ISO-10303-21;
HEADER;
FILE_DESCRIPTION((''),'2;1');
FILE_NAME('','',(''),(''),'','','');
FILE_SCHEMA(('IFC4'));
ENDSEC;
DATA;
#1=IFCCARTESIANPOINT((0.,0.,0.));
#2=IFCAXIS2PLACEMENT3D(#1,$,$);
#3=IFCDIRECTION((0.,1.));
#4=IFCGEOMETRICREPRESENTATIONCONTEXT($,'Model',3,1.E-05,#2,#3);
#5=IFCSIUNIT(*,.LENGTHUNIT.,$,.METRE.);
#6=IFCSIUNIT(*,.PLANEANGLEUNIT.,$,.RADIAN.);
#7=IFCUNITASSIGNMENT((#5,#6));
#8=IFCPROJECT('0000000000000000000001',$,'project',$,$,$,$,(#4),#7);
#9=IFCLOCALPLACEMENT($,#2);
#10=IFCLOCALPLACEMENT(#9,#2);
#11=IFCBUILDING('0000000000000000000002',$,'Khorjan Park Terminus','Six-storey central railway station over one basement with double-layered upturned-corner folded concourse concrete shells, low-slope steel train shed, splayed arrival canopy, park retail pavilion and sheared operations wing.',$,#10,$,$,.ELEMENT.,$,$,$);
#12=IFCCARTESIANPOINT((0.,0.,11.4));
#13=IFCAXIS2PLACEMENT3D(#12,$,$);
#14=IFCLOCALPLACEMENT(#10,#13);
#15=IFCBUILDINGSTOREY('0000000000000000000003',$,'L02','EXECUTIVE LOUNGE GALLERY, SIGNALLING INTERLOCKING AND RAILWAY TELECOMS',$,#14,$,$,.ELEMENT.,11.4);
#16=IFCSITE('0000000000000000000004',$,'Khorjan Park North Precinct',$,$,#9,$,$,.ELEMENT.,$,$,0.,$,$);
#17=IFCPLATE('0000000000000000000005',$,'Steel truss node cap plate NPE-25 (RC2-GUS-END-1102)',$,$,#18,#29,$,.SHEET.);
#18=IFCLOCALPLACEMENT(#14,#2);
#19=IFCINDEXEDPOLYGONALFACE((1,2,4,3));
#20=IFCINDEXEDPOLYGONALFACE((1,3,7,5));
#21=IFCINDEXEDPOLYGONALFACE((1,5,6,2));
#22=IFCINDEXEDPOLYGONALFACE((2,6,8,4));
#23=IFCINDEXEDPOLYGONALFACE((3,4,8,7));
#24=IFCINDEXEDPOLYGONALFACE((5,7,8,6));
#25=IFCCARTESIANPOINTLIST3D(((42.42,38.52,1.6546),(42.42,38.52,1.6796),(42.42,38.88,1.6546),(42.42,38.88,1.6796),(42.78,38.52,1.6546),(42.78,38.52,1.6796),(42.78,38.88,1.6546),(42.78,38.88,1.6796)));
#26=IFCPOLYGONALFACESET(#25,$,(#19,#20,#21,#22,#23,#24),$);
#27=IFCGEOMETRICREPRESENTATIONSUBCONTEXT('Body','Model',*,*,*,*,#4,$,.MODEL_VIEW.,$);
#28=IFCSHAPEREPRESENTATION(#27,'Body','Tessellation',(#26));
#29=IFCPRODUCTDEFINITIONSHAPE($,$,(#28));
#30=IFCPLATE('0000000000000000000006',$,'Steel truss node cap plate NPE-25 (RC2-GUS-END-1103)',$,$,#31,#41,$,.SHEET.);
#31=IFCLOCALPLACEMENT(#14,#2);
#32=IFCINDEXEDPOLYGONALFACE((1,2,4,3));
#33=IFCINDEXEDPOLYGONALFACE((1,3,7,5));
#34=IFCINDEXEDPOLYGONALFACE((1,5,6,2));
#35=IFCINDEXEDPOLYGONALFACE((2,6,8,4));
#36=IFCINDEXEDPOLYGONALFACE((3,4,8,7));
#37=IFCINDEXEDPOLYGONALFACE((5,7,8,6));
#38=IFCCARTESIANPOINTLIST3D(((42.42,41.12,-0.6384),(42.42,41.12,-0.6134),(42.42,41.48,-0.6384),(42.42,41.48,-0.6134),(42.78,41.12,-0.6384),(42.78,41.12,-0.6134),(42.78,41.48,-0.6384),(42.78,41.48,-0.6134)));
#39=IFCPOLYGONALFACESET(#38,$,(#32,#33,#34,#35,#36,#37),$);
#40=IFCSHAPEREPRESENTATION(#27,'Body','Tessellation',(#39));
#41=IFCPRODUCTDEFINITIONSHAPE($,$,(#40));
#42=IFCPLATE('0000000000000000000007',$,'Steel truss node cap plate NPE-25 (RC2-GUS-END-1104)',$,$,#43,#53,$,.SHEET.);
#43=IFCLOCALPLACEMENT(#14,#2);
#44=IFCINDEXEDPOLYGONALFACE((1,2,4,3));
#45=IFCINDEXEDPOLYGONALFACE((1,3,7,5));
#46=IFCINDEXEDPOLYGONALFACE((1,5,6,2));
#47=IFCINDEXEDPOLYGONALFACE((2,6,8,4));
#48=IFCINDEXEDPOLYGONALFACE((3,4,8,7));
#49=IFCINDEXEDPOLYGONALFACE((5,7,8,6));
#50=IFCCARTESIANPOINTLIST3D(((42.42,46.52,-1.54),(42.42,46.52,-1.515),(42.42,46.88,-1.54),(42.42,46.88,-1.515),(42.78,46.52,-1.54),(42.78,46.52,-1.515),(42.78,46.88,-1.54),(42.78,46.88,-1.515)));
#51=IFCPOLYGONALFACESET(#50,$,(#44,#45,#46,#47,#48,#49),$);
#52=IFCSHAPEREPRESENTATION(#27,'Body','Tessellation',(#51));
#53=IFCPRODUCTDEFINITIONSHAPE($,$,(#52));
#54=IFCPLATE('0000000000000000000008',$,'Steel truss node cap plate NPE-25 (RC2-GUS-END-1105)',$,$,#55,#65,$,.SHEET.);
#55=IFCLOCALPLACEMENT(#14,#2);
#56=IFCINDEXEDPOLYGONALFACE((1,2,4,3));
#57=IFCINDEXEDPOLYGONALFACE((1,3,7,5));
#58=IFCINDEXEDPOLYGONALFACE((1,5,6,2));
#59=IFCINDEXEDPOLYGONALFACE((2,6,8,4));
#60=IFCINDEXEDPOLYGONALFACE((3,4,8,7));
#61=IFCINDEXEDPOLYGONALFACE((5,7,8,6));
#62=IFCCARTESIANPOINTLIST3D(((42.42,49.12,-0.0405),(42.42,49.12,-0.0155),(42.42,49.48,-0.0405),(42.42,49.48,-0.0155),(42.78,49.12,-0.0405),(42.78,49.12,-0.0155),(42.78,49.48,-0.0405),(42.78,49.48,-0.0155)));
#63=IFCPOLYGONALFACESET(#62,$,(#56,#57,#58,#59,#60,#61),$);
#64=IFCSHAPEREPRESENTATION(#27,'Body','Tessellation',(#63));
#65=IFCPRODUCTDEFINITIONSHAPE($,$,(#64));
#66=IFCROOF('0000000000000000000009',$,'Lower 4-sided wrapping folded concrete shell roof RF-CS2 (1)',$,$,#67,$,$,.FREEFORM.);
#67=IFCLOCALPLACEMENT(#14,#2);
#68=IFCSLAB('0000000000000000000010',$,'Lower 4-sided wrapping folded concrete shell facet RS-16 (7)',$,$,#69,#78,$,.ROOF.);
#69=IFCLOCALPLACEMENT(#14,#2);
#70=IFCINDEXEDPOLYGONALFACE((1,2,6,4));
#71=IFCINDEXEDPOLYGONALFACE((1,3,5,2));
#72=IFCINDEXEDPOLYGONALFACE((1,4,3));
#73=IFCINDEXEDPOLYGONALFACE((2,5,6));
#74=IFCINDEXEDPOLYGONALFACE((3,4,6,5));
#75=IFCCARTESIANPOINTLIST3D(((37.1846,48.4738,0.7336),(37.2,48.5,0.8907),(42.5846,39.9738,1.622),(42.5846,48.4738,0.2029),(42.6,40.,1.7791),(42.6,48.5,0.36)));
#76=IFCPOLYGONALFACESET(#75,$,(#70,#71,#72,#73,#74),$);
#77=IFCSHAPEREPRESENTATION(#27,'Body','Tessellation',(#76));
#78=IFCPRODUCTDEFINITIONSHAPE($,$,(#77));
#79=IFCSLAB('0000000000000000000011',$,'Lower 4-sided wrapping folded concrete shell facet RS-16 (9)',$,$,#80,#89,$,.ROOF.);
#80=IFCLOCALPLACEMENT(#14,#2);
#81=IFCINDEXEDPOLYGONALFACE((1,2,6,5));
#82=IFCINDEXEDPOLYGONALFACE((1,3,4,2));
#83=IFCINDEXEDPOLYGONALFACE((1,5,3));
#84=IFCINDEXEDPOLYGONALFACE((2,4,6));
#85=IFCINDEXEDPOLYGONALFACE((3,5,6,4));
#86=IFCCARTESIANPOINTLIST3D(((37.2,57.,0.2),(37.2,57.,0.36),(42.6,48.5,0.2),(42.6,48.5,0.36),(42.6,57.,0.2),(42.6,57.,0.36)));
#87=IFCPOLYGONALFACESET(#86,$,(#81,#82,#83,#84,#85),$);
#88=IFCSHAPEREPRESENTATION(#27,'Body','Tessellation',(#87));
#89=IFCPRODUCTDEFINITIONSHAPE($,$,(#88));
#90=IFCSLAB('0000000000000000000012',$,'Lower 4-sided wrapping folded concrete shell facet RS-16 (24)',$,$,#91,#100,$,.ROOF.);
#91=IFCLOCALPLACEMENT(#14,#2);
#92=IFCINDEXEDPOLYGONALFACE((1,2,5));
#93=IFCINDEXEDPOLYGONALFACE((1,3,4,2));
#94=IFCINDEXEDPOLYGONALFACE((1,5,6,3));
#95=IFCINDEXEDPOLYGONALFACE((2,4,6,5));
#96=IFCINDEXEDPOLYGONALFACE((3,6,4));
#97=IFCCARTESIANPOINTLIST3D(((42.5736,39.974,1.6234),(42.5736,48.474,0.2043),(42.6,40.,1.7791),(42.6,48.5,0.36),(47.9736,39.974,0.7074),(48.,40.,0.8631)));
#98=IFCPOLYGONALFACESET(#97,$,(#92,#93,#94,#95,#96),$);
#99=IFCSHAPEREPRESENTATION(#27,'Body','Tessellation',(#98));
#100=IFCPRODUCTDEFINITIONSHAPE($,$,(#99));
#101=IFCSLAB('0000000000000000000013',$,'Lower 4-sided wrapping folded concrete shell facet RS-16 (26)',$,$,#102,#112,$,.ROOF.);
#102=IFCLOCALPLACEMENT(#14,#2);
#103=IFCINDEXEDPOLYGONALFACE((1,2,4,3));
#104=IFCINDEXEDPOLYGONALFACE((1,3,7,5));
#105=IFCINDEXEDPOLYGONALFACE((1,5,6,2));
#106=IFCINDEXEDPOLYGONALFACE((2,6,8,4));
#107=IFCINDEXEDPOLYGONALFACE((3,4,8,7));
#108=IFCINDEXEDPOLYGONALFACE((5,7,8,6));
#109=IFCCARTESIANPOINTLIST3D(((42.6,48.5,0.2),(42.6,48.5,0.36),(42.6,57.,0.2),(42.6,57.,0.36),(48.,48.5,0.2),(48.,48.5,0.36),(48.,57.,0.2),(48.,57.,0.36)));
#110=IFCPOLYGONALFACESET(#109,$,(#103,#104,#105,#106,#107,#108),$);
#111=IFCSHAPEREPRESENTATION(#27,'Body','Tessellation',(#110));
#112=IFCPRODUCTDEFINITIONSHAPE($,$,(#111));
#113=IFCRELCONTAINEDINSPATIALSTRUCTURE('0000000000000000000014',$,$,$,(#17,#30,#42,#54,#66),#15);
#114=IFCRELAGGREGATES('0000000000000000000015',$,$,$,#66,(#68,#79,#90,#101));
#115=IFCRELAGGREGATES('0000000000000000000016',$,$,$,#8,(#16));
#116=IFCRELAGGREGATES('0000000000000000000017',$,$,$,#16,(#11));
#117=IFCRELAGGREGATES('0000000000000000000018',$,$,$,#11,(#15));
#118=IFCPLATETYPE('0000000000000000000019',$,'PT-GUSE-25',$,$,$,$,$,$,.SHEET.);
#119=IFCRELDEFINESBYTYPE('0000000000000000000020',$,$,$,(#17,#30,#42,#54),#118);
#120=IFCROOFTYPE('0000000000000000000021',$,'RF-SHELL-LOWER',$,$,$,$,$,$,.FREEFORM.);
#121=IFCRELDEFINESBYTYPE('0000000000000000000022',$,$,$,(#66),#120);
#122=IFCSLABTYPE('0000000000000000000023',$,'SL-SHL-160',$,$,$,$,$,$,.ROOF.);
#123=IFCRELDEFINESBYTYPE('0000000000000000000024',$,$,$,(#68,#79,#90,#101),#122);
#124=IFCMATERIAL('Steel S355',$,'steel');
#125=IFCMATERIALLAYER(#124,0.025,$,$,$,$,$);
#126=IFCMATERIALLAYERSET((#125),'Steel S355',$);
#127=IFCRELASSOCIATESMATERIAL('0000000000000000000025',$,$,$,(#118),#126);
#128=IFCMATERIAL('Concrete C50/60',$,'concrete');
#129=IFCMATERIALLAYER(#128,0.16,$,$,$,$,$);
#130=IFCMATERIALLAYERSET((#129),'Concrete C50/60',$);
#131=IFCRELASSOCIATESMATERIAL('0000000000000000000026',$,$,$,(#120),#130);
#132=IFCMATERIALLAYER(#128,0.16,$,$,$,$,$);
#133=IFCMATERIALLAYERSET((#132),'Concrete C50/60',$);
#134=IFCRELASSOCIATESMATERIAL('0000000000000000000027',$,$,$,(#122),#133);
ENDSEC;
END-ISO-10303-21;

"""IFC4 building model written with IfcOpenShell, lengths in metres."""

from ifc_helpers import new_model, si_unit, direction, frame, origin, origin_2d, place, context, subcontext, project, spatial, polyline, rectangle, outline, extrude, material, layer, layer_set, type_object, element, aggregate, save


model = new_model("IFC4")

# Units and contexts
model_context = context("Model", 3, precision=1e-05, world=origin(), true_north=direction((0.0, 1.0)))
body_context = subcontext(model_context, "Body", "Model", "MODEL_VIEW")
ifc_project = project(units=[si_unit("LENGTHUNIT", "METRE"), si_unit("PLANEANGLEUNIT", "RADIAN")], contexts=[model_context])

# Site, building, storey
site_placement = place(None, origin())
site = spatial("IfcSite", under=ifc_project, at=site_placement, Name="Khorjan Park North Precinct", CompositionType="ELEMENT", RefElevation=0.0)
building_placement = place(site_placement, origin())
building = spatial("IfcBuilding", under=site, at=building_placement, Name="Khorjan Park Terminus", Description="Six-storey central railway station over one basement with double-layered upturned-corner folded concourse concrete shells, low-slope steel train shed, splayed arrival canopy, park retail pavilion and sheared operations wing.", CompositionType="ELEMENT")
storey_placement = place(building_placement, frame((0.0, 0.0, 11.4)))
storey = spatial("IfcBuildingStorey", under=building, at=storey_placement, Name="L02", Description="EXECUTIVE LOUNGE GALLERY, SIGNALLING INTERLOCKING AND RAILWAY TELECOMS", CompositionType="ELEMENT", Elevation=11.4)

# Shared definitions
ifc_material_1 = material(Name="Steel S355", Category="steel")

# Plates
ifc_layer_1 = layer(ifc_material_1, 0.025)
ifc_layer_set_1 = layer_set([ifc_layer_1], Name="Steel S355")
plate_type = type_object("IfcPlateType", Name="PT-GUSE-25", PredefinedType="SHEET", material=ifc_layer_set_1)
for number, where, z_axis, x_axis, name in (
    (1, (42.6, 38.7, 1.6546), (0.0, 0.0, 1.0), (1.0, 0.0, 0.0), "Steel truss node cap plate NPE-25 (RC2-GUS-END-1102)"),
    (2, (42.6, 41.3, -0.6384), (0.0, 0.0, 1.0), (1.0, 0.0, 0.0), "Steel truss node cap plate NPE-25 (RC2-GUS-END-1103)"),
    (3, (42.6, 46.7, -1.54), (0.0, 0.0, 1.0), (1.0, 0.0, 0.0), "Steel truss node cap plate NPE-25 (RC2-GUS-END-1104)"),
    (4, (42.6, 49.3, -0.0405), (0.0, 0.0, 1.0), (1.0, 0.0, 0.0), "Steel truss node cap plate NPE-25 (RC2-GUS-END-1105)"),
):
    element("IfcPlate", number, at=place(storey_placement, frame(where, z_axis=z_axis, x_axis=x_axis)), inside=storey, type_object=plate_type, Name=name, PredefinedType="SHEET", context=body_context, shape_type="SweptSolid", body=[
        extrude(rectangle(XDim=0.36, YDim=0.36, at=origin_2d()), origin(), (0.0, 0.0, 1.0), 0.025),
    ])

# Roof, slabs
ifc_material_2 = material(Name="Concrete C50/60", Category="concrete")
ifc_layer_2 = layer(ifc_material_2, 0.16)
ifc_layer_set_2 = layer_set([ifc_layer_2], Name="Concrete C50/60")
roof_type = type_object("IfcRoofType", Name="RF-SHELL-LOWER", PredefinedType="FREEFORM", material=ifc_layer_set_2)
roof_placement = place(storey_placement, origin())
roof = element("IfcRoof", 5, at=roof_placement, inside=storey, type_object=roof_type, Name="Lower 4-sided wrapping folded concrete shell roof RF-CS2 (1)", PredefinedType="FREEFORM")
ifc_layer_3 = layer(ifc_material_2, 0.16)
ifc_layer_set_3 = layer_set([ifc_layer_3], Name="Concrete C50/60")
slab_type = type_object("IfcSlabType", Name="SL-SHL-160", PredefinedType="ROOF", material=ifc_layer_set_3)
slab_1_placement = place(storey_placement, frame((42.6, 40.0, 1.7791), z_axis=(0.096484, 0.163905, 0.981746), x_axis=(0.0, 0.986348, -0.164674)))
slab_1 = element("IfcSlab", 6, at=slab_1_placement, type_object=slab_type, Name="Lower 4-sided wrapping folded concrete shell facet RS-16 (7)", PredefinedType="ROOF", context=body_context, shape_type="SweptSolid", body=[
    extrude(outline(polyline([(0.0, 0.0), (8.6176, 0.0), (8.5303, 5.4253), (0.0, 0.0)])), origin(), (0.0, 0.0, -1.0), 0.16),
])
slab_2_placement = place(storey_placement, frame((42.6, 48.5, 0.36), z_axis=(0.0, 0.0, 1.0), x_axis=(0.0, 1.0, 0.0)))
slab_2 = element("IfcSlab", 7, at=slab_2_placement, type_object=slab_type, Name="Lower 4-sided wrapping folded concrete shell facet RS-16 (9)", PredefinedType="ROOF", context=body_context, shape_type="SweptSolid", body=[
    extrude(outline(polyline([(0.0, 0.0), (8.5, 0.0), (8.5, 5.4), (0.0, 0.0)])), origin(), (0.0, 0.0, -1.0), 0.16),
])
slab_3_placement = place(storey_placement, frame((42.6, 40.0, 1.7791), z_axis=(0.16502, 0.162416, 0.972825), x_axis=(0.985916, 0.0, -0.167241)))
slab_3 = element("IfcSlab", 8, at=slab_3_placement, type_object=slab_type, Name="Lower 4-sided wrapping folded concrete shell facet RS-16 (24)", PredefinedType="ROOF", context=body_context, shape_type="SweptSolid", body=[
    extrude(outline(polyline([(0.0, 0.0), (5.4771, 0.0), (0.2373, 8.6144), (0.0, 0.0)])), origin(), (0.0, 0.0, -1.0), 0.16),
])
slab_4_placement = place(storey_placement, frame((42.6, 48.5, 0.36), z_axis=(0.0, 0.0, 1.0), x_axis=(1.0, 0.0, 0.0)))
slab_4 = element("IfcSlab", 9, at=slab_4_placement, type_object=slab_type, Name="Lower 4-sided wrapping folded concrete shell facet RS-16 (26)", PredefinedType="ROOF", context=body_context, shape_type="SweptSolid", body=[
    extrude(outline(polyline([(0.0, 0.0), (5.4, 0.0), (5.4, 8.5), (0.0, 8.5), (0.0, 0.0)])), origin(), (0.0, 0.0, -1.0), 0.16),
])
aggregate(roof, [slab_1, slab_2, slab_3, slab_4])

save(model, "model.ifc")
